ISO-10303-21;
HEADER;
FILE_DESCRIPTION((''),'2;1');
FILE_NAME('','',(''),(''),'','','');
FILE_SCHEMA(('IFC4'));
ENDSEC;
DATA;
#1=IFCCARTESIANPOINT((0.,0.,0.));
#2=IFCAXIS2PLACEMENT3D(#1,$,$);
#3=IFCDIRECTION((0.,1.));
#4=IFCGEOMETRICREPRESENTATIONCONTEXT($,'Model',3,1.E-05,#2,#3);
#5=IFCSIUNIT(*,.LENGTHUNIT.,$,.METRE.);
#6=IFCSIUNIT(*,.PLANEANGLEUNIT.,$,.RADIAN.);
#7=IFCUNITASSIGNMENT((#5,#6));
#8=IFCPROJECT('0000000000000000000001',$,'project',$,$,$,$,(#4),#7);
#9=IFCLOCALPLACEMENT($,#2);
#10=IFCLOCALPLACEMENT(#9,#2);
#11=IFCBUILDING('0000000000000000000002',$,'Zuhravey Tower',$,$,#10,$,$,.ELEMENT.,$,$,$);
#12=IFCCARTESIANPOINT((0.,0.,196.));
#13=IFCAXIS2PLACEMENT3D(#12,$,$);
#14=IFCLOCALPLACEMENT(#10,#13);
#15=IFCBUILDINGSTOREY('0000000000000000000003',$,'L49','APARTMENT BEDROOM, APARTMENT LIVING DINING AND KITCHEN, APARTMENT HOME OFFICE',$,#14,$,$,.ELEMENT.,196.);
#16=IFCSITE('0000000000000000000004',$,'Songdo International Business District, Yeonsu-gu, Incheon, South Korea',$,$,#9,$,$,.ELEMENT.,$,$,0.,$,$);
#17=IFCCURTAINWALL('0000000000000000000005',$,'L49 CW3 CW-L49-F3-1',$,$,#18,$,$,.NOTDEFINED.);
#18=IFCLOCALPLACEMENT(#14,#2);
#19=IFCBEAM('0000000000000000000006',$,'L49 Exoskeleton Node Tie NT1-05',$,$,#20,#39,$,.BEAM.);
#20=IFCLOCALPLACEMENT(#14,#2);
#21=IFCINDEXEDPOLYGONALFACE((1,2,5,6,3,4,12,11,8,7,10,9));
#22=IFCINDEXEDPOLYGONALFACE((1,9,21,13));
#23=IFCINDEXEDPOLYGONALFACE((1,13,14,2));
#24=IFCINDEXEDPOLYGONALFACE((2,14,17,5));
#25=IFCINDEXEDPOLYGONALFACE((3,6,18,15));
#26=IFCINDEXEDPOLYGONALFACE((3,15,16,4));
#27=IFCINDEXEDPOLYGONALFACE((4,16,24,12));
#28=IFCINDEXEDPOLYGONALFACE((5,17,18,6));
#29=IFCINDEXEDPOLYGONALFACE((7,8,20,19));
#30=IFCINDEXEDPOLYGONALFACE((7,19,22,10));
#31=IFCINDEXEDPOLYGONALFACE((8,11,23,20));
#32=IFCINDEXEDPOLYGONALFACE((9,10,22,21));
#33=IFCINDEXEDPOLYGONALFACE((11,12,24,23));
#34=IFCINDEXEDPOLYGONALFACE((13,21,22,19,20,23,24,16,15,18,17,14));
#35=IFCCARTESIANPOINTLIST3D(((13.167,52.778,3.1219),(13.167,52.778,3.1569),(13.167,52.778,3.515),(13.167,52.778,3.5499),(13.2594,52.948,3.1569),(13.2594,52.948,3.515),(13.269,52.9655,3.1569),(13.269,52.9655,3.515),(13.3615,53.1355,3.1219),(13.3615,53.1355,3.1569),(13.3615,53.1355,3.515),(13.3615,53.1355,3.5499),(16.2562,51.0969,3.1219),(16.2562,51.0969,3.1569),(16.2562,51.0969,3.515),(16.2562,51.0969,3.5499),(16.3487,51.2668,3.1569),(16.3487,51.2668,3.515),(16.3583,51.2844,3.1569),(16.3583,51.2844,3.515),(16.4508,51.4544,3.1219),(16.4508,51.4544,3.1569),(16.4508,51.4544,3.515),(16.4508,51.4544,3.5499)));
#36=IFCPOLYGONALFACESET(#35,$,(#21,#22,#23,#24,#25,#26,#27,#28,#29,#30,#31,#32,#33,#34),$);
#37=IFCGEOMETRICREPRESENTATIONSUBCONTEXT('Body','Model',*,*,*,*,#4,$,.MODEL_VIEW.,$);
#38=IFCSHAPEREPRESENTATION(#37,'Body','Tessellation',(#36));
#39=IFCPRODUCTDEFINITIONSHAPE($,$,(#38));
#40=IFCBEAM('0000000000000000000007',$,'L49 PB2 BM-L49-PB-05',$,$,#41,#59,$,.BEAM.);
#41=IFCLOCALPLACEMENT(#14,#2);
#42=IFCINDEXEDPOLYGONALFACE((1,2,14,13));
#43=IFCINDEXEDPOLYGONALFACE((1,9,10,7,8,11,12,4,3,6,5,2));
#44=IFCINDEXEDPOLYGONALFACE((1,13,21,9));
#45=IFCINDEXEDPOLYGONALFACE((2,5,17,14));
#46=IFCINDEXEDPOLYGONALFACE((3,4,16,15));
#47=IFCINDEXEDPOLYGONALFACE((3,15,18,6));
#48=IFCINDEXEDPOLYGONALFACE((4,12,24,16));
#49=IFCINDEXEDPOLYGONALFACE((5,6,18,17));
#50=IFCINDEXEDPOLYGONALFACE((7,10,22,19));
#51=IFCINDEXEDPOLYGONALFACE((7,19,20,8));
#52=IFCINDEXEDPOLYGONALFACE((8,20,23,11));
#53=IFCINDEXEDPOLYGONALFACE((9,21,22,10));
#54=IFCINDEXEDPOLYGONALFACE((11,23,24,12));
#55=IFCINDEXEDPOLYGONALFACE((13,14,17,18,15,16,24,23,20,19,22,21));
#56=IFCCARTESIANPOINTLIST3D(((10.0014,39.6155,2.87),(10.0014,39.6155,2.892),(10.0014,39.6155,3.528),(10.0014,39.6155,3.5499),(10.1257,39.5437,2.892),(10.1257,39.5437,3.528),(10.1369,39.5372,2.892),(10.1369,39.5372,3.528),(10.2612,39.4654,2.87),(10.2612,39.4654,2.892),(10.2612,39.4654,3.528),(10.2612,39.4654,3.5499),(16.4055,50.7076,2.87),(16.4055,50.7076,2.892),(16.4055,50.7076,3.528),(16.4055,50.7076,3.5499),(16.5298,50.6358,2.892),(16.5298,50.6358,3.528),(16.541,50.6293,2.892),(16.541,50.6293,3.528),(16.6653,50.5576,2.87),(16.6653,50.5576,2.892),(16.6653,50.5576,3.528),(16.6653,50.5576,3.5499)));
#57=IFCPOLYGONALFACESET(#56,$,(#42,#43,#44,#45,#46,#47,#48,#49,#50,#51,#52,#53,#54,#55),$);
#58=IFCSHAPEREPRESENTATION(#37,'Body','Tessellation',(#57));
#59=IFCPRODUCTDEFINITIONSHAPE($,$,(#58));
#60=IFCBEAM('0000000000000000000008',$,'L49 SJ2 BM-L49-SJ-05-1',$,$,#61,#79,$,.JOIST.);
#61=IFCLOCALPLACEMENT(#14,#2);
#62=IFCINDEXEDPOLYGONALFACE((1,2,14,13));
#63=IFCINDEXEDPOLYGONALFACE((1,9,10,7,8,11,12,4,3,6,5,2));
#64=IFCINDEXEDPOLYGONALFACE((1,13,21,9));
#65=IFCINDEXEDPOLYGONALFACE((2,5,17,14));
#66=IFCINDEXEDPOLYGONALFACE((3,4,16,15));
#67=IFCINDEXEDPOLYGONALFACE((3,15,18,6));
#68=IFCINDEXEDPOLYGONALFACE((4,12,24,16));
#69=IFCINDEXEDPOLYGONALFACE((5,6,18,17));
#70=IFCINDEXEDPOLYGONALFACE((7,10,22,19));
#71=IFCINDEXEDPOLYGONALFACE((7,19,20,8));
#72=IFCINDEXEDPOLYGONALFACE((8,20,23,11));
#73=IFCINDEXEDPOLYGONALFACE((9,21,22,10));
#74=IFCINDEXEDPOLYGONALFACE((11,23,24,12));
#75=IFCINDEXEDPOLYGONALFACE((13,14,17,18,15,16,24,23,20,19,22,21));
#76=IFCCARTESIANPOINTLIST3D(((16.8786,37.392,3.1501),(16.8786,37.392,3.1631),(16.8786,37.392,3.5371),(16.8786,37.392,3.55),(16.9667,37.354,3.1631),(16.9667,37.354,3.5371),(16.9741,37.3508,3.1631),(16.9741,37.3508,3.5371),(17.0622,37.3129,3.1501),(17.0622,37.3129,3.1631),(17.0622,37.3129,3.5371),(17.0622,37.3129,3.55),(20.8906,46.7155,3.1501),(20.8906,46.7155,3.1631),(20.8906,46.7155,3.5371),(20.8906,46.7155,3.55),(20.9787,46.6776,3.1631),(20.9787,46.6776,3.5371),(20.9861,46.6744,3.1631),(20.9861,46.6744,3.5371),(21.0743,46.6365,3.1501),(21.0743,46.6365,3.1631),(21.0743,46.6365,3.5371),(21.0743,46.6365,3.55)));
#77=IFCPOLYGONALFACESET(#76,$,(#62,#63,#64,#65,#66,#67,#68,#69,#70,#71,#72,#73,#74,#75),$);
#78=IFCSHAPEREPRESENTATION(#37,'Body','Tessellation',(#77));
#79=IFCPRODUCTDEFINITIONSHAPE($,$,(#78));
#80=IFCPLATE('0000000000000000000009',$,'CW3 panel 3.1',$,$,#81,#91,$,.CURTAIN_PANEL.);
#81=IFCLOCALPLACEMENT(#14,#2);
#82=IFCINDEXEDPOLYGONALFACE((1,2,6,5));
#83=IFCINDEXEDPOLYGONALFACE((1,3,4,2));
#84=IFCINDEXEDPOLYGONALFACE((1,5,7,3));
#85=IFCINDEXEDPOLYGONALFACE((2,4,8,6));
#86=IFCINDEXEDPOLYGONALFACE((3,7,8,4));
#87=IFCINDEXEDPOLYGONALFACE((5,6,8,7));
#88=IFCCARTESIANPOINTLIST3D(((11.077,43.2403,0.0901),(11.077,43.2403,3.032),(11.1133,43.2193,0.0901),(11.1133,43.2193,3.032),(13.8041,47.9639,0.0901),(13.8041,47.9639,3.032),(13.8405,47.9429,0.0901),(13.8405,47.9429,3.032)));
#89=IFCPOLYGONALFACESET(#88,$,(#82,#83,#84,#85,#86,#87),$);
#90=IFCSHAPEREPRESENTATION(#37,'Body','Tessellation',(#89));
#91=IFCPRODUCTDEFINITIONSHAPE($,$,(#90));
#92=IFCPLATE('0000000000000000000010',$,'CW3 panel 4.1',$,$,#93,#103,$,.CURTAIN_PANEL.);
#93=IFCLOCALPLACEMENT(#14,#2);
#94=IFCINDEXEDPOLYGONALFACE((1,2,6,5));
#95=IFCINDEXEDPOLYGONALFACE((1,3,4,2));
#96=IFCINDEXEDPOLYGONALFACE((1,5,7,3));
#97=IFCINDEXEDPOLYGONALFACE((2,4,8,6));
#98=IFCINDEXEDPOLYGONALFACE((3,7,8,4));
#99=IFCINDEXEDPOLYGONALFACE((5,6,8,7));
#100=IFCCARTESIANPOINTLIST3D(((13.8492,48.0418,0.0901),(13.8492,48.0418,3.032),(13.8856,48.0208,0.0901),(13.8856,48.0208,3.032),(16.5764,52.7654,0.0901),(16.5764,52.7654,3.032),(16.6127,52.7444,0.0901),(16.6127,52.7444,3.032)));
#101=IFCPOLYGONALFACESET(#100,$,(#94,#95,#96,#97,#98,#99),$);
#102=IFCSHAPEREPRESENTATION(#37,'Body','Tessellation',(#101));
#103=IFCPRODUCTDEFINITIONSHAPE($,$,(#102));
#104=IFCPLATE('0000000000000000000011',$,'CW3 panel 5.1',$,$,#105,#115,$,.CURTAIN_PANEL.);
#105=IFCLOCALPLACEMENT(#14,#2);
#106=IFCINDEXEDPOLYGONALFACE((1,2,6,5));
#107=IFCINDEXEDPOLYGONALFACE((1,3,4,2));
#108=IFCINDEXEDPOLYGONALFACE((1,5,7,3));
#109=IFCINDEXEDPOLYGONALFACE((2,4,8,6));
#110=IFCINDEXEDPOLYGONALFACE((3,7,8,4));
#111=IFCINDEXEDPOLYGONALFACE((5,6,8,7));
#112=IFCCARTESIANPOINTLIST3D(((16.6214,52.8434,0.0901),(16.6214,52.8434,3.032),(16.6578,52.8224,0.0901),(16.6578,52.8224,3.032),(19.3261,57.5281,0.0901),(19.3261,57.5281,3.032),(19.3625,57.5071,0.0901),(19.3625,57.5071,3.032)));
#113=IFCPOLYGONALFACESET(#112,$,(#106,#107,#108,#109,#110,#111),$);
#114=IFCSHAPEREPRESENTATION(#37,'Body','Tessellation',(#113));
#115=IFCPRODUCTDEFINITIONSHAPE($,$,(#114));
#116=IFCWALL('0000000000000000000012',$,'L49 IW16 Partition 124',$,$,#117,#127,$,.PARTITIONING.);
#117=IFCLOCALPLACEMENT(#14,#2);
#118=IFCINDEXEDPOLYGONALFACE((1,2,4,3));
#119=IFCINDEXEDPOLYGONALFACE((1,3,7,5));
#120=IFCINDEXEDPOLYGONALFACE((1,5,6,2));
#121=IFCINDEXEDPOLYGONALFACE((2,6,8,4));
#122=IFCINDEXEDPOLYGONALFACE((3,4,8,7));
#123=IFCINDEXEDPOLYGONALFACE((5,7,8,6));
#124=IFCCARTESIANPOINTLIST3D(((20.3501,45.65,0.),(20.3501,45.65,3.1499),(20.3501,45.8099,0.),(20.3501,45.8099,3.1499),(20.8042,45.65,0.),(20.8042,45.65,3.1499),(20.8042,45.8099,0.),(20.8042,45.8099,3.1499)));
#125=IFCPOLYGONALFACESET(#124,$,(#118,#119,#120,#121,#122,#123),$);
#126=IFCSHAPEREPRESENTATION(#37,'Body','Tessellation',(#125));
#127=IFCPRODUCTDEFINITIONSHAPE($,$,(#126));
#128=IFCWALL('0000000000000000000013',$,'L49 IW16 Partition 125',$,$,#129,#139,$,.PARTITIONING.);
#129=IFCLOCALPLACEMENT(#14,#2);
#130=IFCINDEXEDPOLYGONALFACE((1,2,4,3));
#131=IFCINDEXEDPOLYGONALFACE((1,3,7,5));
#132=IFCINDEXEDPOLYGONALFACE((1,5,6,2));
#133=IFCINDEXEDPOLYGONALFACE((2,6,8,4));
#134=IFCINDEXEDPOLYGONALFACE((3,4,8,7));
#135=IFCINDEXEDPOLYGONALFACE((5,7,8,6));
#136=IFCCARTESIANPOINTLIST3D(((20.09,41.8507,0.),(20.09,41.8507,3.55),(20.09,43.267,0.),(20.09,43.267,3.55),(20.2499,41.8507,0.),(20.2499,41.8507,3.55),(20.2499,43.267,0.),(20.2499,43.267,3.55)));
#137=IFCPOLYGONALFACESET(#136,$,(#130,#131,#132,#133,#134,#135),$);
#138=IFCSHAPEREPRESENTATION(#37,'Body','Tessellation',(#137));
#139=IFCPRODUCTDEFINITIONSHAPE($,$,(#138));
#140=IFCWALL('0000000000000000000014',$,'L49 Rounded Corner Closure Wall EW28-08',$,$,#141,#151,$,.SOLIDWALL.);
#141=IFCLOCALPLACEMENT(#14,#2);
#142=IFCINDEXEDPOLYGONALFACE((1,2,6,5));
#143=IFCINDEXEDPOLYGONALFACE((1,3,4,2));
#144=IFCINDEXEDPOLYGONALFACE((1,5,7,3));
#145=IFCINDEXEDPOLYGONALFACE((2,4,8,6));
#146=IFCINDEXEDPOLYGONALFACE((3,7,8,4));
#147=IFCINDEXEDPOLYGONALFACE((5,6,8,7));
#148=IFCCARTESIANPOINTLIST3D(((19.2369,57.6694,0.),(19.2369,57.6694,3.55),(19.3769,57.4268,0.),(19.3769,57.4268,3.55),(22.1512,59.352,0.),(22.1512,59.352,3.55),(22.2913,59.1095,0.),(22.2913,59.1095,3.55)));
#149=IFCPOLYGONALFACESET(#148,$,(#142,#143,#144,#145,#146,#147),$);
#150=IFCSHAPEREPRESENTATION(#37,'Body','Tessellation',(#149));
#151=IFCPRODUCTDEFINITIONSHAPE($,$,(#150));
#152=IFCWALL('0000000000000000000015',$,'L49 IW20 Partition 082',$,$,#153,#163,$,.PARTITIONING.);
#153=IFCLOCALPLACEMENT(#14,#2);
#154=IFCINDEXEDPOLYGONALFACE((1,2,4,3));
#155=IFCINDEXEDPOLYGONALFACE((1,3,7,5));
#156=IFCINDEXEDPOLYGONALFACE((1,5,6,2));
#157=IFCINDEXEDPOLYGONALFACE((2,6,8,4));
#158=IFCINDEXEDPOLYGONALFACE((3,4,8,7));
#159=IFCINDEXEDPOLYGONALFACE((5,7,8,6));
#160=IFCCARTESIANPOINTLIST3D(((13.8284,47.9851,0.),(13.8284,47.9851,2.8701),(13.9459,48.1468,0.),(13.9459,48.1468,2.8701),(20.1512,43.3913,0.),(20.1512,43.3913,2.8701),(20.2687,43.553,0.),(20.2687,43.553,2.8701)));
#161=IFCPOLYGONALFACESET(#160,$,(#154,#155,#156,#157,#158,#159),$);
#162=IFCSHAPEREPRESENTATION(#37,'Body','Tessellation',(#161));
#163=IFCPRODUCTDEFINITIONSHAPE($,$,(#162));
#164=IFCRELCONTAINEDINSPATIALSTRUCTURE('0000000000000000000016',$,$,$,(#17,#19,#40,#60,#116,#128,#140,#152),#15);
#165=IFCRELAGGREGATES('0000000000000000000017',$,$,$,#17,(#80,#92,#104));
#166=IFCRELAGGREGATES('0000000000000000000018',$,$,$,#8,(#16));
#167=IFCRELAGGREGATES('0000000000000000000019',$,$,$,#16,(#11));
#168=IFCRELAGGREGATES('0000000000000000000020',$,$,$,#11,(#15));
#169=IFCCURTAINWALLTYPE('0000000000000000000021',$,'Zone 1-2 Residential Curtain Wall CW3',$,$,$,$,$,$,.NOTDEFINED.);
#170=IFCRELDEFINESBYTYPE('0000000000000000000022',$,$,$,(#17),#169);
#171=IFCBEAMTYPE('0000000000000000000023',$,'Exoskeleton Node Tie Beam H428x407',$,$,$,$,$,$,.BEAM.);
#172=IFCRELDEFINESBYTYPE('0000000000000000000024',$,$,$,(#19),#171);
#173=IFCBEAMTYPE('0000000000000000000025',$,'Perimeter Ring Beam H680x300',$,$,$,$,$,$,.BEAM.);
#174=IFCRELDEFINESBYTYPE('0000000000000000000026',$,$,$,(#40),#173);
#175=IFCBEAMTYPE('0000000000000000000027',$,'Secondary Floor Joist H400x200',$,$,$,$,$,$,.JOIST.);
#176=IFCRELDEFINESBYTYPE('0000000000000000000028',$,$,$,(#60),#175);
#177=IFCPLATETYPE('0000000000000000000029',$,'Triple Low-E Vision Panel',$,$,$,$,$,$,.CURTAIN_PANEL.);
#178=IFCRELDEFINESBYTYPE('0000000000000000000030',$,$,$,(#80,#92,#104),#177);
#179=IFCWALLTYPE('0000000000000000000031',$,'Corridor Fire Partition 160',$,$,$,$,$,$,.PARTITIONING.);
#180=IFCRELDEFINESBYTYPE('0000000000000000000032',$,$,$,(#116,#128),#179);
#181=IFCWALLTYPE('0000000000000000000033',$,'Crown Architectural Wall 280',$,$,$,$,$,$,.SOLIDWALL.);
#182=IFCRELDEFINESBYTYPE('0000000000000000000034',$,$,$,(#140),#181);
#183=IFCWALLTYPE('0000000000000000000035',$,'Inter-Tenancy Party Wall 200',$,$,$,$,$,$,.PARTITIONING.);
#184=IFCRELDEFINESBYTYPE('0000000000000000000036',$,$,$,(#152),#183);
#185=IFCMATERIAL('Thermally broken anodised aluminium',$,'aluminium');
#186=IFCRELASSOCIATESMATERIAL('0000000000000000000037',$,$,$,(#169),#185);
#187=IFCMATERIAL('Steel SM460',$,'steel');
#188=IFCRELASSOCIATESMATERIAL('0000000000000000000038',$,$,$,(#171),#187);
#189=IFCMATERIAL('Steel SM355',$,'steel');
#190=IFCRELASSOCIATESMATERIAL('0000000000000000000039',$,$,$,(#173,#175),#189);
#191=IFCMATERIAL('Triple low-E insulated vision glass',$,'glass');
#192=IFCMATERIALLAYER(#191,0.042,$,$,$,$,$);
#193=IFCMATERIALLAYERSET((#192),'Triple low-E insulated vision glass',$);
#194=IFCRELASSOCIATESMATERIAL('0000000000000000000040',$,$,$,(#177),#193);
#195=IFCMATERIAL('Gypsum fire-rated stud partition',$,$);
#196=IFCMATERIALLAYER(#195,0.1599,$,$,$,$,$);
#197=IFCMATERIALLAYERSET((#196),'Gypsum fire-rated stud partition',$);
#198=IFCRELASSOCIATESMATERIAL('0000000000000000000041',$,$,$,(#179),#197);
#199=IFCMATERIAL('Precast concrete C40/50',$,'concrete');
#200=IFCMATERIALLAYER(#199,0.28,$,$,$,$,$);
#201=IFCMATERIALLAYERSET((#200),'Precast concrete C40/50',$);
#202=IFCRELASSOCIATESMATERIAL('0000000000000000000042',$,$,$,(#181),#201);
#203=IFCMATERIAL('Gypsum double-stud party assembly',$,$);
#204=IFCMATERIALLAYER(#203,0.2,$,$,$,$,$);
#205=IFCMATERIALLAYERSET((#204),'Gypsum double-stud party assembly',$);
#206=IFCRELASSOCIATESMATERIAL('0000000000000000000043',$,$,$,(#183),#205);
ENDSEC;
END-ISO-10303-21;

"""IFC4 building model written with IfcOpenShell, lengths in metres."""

from ifc_helpers import new_model, si_unit, direction, frame, frame_2d, origin, origin_2d, place, context, subcontext, project, spatial, rectangle, i_section, extrude, material, layer, layer_set, material_profile, profile_set, type_object, element, aggregate, save


model = new_model("IFC4")

# Units and contexts
model_context = context("Model", 3, precision=1e-05, world=origin(), true_north=direction((0.0, 1.0)))
body_context = subcontext(model_context, "Body", "Model", "MODEL_VIEW")
ifc_project = project(units=[si_unit("LENGTHUNIT", "METRE"), si_unit("PLANEANGLEUNIT", "RADIAN")], contexts=[model_context])

# Site, building, storey
site_placement = place(None, origin())
site = spatial("IfcSite", under=ifc_project, at=site_placement, Name="Songdo International Business District, Yeonsu-gu, Incheon, South Korea", CompositionType="ELEMENT", RefElevation=0.0)
building_placement = place(site_placement, origin())
building = spatial("IfcBuilding", under=site, at=building_placement, Name="Zuhravey Tower", CompositionType="ELEMENT")
storey_placement = place(building_placement, frame((0.0, 0.0, 196.0)))
storey = spatial("IfcBuildingStorey", under=building, at=storey_placement, Name="L49", Description="APARTMENT BEDROOM, APARTMENT LIVING DINING AND KITCHEN, APARTMENT HOME OFFICE", CompositionType="ELEMENT", Elevation=196.0)

# Curtain wall
ifc_material_1 = material(Name="Thermally broken anodised aluminium", Category="aluminium")
curtain_wall_type = type_object("IfcCurtainWallType", Name="Zone 1-2 Residential Curtain Wall CW3", PredefinedType="NOTDEFINED", material=ifc_material_1)
curtain_wall_placement = place(storey_placement, origin())
curtain_wall = element("IfcCurtainWall", 1, at=curtain_wall_placement, inside=storey, type_object=curtain_wall_type, Name="L49 CW3 CW-L49-F3-1", PredefinedType="NOTDEFINED")

# Beams
ifc_material_2 = material(Name="Steel SM460", Category="steel")
ifc_material_profile_1 = material_profile(ifc_material_2, i_section(OverallWidth=0.407, OverallDepth=0.428, WebThickness=0.02, FlangeThickness=0.0349, at=origin_2d()), Name="H-428x407x20x35")
ifc_profile_set_1 = profile_set([ifc_material_profile_1], Name="Steel SM460")
beam_type_1 = type_object("IfcBeamType", Name="Exoskeleton Node Tie Beam H428x407", PredefinedType="BEAM", material=ifc_profile_set_1)
beam_1_placement = place(storey_placement, frame((16.3535, 51.2756, 3.3359), z_axis=(-0.878367, 0.477986, 0.0), x_axis=(-0.477986, -0.878367, 0.0)))
element("IfcBeam", 2, at=beam_1_placement, inside=storey, type_object=beam_type_1, Name="L49 Exoskeleton Node Tie NT1-05", PredefinedType="BEAM", context=body_context, shape_type="SweptSolid", body=[
    extrude(i_section(OverallWidth=0.407, OverallDepth=0.428, WebThickness=0.02, FlangeThickness=0.0349, at=origin_2d()), origin(), (0.0, 0.0, 1.0), 3.5171),
])
ifc_material_3 = material(Name="Steel SM355", Category="steel")
ifc_material_profile_2 = material_profile(ifc_material_3, i_section(OverallWidth=0.3, OverallDepth=0.6799, WebThickness=0.0129, FlangeThickness=0.022, at=origin_2d()), Name="H-680x300x13x22")
ifc_profile_set_2 = profile_set([ifc_material_profile_2], Name="Steel SM355")
beam_type_2 = type_object("IfcBeamType", Name="Perimeter Ring Beam H680x300", PredefinedType="BEAM", material=ifc_profile_set_2)
beam_2_placement = place(storey_placement, frame((16.5354, 50.6326, 3.21), z_axis=(-0.500004, -0.866023, 0.0), x_axis=(0.866023, -0.500004, 0.0)))
element("IfcBeam", 3, at=beam_2_placement, inside=storey, type_object=beam_type_2, Name="L49 PB2 BM-L49-PB-05", PredefinedType="BEAM", context=body_context, shape_type="SweptSolid", body=[
    extrude(i_section(OverallWidth=0.3, OverallDepth=0.6799, WebThickness=0.0129, FlangeThickness=0.022, at=origin_2d()), origin(), (0.0, 0.0, 1.0), 12.8081),
])
ifc_material_profile_3 = material_profile(ifc_material_3, i_section(OverallWidth=0.2, OverallDepth=0.3999, WebThickness=0.0081, FlangeThickness=0.0129, at=origin_2d()), Name="H-400x200x8x13")
ifc_profile_set_3 = profile_set([ifc_material_profile_3], Name="Steel SM355")
beam_type_3 = type_object("IfcBeamType", Name="Secondary Floor Joist H400x200", PredefinedType="JOIST", material=ifc_profile_set_3)
beam_3_placement = place(storey_placement, frame((20.9824, 46.676, 3.3501), z_axis=(-0.395266, -0.918567, 0.0), x_axis=(0.918567, -0.395266, 0.0)))
element("IfcBeam", 4, at=beam_3_placement, inside=storey, type_object=beam_type_3, Name="L49 SJ2 BM-L49-SJ-05-1", PredefinedType="JOIST", context=body_context, shape_type="SweptSolid", body=[
    extrude(i_section(OverallWidth=0.2, OverallDepth=0.3999, WebThickness=0.0081, FlangeThickness=0.0129, at=origin_2d()), origin(), (0.0, 0.0, 1.0), 10.1501),
])

# Plates
ifc_material_4 = material(Name="Triple low-E insulated vision glass", Category="glass")
ifc_layer_1 = layer(ifc_material_4, 0.042)
ifc_layer_set_1 = layer_set([ifc_layer_1], Name="Triple low-E insulated vision glass")
plate_type = type_object("IfcPlateType", Name="Triple Low-E Vision Panel", PredefinedType="CURTAIN_PANEL", material=ifc_layer_set_1)
plate_1_placement = place(storey_placement, frame((12.4587, 45.5916, 0.0901), z_axis=(0.0, 0.0, 1.0), x_axis=(0.5, 0.866025, 0.0)))
plate_1 = element("IfcPlate", 5, at=plate_1_placement, type_object=plate_type, Name="CW3 panel 3.1", PredefinedType="CURTAIN_PANEL", context=body_context, shape_type="SweptSolid", body=[
    extrude(rectangle(XDim=5.4543, YDim=0.042, at=origin_2d()), origin(), (0.0, 0.0, 1.0), 2.9419),
])
plate_2_placement = place(storey_placement, frame((15.231, 50.3931, 0.0901), z_axis=(0.0, 0.0, 1.0), x_axis=(0.5, 0.866025, 0.0)))
plate_2 = element("IfcPlate", 6, at=plate_2_placement, type_object=plate_type, Name="CW3 panel 4.1", PredefinedType="CURTAIN_PANEL", context=body_context, shape_type="SweptSolid", body=[
    extrude(rectangle(XDim=5.4543, YDim=0.042, at=origin_2d()), origin(), (0.0, 0.0, 1.0), 2.9419),
])
plate_3_placement = place(storey_placement, frame((17.9919, 55.1753, 0.0901), z_axis=(0.0, 0.0, 1.0), x_axis=(0.5, 0.866025, 0.0)))
plate_3 = element("IfcPlate", 7, at=plate_3_placement, type_object=plate_type, Name="CW3 panel 5.1", PredefinedType="CURTAIN_PANEL", context=body_context, shape_type="SweptSolid", body=[
    extrude(rectangle(XDim=5.4094, YDim=0.042, at=origin_2d()), origin(), (0.0, 0.0, 1.0), 2.9419),
])
aggregate(curtain_wall, [plate_1, plate_2, plate_3])

# Walls
ifc_material_5 = material(Name="Gypsum fire-rated stud partition")
ifc_layer_2 = layer(ifc_material_5, 0.1599)
ifc_layer_set_2 = layer_set([ifc_layer_2], Name="Gypsum fire-rated stud partition")
wall_type_1 = type_object("IfcWallType", Name="Corridor Fire Partition 160", PredefinedType="PARTITIONING", material=ifc_layer_set_2)
wall_1_placement = place(storey_placement, frame((20.8042, 45.73, 0.0), z_axis=(0.0, 0.0, 1.0), x_axis=(-1.0, 0.0, 0.0)))
element("IfcWall", 8, at=wall_1_placement, inside=storey, type_object=wall_type_1, Name="L49 IW16 Partition 124", PredefinedType="PARTITIONING", context=body_context, shape_type="SweptSolid", body=[
    extrude(rectangle(XDim=0.4541, YDim=0.1599, at=frame_2d((0.2271, 0.0))), origin(), (0.0, 0.0, 1.0), 3.1499),
])
wall_2_placement = place(storey_placement, frame((20.1699, 43.2668, 0.0), z_axis=(0.0, 0.0, 1.0), x_axis=(0.0, -1.0, 0.0)))
element("IfcWall", 9, at=wall_2_placement, inside=storey, type_object=wall_type_1, Name="L49 IW16 Partition 125", PredefinedType="PARTITIONING", context=body_context, shape_type="SweptSolid", body=[
    extrude(rectangle(XDim=1.4163, YDim=0.1599, at=frame_2d((0.708, 0.0))), origin(), (0.0, 0.0, 1.0), 3.55),
])
ifc_material_6 = material(Name="Precast concrete C40/50", Category="concrete")
ifc_layer_3 = layer(ifc_material_6, 0.28)
ifc_layer_set_3 = layer_set([ifc_layer_3], Name="Precast concrete C40/50")
wall_type_2 = type_object("IfcWallType", Name="Crown Architectural Wall 280", PredefinedType="SOLIDWALL", material=ifc_layer_set_3)
wall_3_placement = place(storey_placement, frame((19.3069, 57.5481, 0.0), z_axis=(0.0, 0.0, 1.0), x_axis=(0.86602, 0.500009, 0.0)))
element("IfcWall", 10, at=wall_3_placement, inside=storey, type_object=wall_type_2, Name="L49 Rounded Corner Closure Wall EW28-08", PredefinedType="SOLIDWALL", context=body_context, shape_type="SweptSolid", body=[
    extrude(rectangle(XDim=3.3652, YDim=0.28, at=frame_2d((1.6826, 0.0))), origin(), (0.0, 0.0, 1.0), 3.55),
])
ifc_material_7 = material(Name="Gypsum double-stud party assembly")
ifc_layer_4 = layer(ifc_material_7, 0.2)
ifc_layer_set_4 = layer_set([ifc_layer_4], Name="Gypsum double-stud party assembly")
wall_type_3 = type_object("IfcWallType", Name="Inter-Tenancy Party Wall 200", PredefinedType="PARTITIONING", material=ifc_layer_set_4)
wall_4_placement = place(storey_placement, frame((20.21, 43.4722, 0.0), z_axis=(0.0, 0.0, 1.0), x_axis=(-0.809017, 0.587785, 0.0)))
element("IfcWall", 11, at=wall_4_placement, inside=storey, type_object=wall_type_3, Name="L49 IW20 Partition 082", PredefinedType="PARTITIONING", context=body_context, shape_type="SweptSolid", body=[
    extrude(rectangle(XDim=7.8154, YDim=0.2, at=frame_2d((3.9077, 0.0))), origin(), (0.0, 0.0, 1.0), 2.8701),
])

save(model, "model.ifc")
